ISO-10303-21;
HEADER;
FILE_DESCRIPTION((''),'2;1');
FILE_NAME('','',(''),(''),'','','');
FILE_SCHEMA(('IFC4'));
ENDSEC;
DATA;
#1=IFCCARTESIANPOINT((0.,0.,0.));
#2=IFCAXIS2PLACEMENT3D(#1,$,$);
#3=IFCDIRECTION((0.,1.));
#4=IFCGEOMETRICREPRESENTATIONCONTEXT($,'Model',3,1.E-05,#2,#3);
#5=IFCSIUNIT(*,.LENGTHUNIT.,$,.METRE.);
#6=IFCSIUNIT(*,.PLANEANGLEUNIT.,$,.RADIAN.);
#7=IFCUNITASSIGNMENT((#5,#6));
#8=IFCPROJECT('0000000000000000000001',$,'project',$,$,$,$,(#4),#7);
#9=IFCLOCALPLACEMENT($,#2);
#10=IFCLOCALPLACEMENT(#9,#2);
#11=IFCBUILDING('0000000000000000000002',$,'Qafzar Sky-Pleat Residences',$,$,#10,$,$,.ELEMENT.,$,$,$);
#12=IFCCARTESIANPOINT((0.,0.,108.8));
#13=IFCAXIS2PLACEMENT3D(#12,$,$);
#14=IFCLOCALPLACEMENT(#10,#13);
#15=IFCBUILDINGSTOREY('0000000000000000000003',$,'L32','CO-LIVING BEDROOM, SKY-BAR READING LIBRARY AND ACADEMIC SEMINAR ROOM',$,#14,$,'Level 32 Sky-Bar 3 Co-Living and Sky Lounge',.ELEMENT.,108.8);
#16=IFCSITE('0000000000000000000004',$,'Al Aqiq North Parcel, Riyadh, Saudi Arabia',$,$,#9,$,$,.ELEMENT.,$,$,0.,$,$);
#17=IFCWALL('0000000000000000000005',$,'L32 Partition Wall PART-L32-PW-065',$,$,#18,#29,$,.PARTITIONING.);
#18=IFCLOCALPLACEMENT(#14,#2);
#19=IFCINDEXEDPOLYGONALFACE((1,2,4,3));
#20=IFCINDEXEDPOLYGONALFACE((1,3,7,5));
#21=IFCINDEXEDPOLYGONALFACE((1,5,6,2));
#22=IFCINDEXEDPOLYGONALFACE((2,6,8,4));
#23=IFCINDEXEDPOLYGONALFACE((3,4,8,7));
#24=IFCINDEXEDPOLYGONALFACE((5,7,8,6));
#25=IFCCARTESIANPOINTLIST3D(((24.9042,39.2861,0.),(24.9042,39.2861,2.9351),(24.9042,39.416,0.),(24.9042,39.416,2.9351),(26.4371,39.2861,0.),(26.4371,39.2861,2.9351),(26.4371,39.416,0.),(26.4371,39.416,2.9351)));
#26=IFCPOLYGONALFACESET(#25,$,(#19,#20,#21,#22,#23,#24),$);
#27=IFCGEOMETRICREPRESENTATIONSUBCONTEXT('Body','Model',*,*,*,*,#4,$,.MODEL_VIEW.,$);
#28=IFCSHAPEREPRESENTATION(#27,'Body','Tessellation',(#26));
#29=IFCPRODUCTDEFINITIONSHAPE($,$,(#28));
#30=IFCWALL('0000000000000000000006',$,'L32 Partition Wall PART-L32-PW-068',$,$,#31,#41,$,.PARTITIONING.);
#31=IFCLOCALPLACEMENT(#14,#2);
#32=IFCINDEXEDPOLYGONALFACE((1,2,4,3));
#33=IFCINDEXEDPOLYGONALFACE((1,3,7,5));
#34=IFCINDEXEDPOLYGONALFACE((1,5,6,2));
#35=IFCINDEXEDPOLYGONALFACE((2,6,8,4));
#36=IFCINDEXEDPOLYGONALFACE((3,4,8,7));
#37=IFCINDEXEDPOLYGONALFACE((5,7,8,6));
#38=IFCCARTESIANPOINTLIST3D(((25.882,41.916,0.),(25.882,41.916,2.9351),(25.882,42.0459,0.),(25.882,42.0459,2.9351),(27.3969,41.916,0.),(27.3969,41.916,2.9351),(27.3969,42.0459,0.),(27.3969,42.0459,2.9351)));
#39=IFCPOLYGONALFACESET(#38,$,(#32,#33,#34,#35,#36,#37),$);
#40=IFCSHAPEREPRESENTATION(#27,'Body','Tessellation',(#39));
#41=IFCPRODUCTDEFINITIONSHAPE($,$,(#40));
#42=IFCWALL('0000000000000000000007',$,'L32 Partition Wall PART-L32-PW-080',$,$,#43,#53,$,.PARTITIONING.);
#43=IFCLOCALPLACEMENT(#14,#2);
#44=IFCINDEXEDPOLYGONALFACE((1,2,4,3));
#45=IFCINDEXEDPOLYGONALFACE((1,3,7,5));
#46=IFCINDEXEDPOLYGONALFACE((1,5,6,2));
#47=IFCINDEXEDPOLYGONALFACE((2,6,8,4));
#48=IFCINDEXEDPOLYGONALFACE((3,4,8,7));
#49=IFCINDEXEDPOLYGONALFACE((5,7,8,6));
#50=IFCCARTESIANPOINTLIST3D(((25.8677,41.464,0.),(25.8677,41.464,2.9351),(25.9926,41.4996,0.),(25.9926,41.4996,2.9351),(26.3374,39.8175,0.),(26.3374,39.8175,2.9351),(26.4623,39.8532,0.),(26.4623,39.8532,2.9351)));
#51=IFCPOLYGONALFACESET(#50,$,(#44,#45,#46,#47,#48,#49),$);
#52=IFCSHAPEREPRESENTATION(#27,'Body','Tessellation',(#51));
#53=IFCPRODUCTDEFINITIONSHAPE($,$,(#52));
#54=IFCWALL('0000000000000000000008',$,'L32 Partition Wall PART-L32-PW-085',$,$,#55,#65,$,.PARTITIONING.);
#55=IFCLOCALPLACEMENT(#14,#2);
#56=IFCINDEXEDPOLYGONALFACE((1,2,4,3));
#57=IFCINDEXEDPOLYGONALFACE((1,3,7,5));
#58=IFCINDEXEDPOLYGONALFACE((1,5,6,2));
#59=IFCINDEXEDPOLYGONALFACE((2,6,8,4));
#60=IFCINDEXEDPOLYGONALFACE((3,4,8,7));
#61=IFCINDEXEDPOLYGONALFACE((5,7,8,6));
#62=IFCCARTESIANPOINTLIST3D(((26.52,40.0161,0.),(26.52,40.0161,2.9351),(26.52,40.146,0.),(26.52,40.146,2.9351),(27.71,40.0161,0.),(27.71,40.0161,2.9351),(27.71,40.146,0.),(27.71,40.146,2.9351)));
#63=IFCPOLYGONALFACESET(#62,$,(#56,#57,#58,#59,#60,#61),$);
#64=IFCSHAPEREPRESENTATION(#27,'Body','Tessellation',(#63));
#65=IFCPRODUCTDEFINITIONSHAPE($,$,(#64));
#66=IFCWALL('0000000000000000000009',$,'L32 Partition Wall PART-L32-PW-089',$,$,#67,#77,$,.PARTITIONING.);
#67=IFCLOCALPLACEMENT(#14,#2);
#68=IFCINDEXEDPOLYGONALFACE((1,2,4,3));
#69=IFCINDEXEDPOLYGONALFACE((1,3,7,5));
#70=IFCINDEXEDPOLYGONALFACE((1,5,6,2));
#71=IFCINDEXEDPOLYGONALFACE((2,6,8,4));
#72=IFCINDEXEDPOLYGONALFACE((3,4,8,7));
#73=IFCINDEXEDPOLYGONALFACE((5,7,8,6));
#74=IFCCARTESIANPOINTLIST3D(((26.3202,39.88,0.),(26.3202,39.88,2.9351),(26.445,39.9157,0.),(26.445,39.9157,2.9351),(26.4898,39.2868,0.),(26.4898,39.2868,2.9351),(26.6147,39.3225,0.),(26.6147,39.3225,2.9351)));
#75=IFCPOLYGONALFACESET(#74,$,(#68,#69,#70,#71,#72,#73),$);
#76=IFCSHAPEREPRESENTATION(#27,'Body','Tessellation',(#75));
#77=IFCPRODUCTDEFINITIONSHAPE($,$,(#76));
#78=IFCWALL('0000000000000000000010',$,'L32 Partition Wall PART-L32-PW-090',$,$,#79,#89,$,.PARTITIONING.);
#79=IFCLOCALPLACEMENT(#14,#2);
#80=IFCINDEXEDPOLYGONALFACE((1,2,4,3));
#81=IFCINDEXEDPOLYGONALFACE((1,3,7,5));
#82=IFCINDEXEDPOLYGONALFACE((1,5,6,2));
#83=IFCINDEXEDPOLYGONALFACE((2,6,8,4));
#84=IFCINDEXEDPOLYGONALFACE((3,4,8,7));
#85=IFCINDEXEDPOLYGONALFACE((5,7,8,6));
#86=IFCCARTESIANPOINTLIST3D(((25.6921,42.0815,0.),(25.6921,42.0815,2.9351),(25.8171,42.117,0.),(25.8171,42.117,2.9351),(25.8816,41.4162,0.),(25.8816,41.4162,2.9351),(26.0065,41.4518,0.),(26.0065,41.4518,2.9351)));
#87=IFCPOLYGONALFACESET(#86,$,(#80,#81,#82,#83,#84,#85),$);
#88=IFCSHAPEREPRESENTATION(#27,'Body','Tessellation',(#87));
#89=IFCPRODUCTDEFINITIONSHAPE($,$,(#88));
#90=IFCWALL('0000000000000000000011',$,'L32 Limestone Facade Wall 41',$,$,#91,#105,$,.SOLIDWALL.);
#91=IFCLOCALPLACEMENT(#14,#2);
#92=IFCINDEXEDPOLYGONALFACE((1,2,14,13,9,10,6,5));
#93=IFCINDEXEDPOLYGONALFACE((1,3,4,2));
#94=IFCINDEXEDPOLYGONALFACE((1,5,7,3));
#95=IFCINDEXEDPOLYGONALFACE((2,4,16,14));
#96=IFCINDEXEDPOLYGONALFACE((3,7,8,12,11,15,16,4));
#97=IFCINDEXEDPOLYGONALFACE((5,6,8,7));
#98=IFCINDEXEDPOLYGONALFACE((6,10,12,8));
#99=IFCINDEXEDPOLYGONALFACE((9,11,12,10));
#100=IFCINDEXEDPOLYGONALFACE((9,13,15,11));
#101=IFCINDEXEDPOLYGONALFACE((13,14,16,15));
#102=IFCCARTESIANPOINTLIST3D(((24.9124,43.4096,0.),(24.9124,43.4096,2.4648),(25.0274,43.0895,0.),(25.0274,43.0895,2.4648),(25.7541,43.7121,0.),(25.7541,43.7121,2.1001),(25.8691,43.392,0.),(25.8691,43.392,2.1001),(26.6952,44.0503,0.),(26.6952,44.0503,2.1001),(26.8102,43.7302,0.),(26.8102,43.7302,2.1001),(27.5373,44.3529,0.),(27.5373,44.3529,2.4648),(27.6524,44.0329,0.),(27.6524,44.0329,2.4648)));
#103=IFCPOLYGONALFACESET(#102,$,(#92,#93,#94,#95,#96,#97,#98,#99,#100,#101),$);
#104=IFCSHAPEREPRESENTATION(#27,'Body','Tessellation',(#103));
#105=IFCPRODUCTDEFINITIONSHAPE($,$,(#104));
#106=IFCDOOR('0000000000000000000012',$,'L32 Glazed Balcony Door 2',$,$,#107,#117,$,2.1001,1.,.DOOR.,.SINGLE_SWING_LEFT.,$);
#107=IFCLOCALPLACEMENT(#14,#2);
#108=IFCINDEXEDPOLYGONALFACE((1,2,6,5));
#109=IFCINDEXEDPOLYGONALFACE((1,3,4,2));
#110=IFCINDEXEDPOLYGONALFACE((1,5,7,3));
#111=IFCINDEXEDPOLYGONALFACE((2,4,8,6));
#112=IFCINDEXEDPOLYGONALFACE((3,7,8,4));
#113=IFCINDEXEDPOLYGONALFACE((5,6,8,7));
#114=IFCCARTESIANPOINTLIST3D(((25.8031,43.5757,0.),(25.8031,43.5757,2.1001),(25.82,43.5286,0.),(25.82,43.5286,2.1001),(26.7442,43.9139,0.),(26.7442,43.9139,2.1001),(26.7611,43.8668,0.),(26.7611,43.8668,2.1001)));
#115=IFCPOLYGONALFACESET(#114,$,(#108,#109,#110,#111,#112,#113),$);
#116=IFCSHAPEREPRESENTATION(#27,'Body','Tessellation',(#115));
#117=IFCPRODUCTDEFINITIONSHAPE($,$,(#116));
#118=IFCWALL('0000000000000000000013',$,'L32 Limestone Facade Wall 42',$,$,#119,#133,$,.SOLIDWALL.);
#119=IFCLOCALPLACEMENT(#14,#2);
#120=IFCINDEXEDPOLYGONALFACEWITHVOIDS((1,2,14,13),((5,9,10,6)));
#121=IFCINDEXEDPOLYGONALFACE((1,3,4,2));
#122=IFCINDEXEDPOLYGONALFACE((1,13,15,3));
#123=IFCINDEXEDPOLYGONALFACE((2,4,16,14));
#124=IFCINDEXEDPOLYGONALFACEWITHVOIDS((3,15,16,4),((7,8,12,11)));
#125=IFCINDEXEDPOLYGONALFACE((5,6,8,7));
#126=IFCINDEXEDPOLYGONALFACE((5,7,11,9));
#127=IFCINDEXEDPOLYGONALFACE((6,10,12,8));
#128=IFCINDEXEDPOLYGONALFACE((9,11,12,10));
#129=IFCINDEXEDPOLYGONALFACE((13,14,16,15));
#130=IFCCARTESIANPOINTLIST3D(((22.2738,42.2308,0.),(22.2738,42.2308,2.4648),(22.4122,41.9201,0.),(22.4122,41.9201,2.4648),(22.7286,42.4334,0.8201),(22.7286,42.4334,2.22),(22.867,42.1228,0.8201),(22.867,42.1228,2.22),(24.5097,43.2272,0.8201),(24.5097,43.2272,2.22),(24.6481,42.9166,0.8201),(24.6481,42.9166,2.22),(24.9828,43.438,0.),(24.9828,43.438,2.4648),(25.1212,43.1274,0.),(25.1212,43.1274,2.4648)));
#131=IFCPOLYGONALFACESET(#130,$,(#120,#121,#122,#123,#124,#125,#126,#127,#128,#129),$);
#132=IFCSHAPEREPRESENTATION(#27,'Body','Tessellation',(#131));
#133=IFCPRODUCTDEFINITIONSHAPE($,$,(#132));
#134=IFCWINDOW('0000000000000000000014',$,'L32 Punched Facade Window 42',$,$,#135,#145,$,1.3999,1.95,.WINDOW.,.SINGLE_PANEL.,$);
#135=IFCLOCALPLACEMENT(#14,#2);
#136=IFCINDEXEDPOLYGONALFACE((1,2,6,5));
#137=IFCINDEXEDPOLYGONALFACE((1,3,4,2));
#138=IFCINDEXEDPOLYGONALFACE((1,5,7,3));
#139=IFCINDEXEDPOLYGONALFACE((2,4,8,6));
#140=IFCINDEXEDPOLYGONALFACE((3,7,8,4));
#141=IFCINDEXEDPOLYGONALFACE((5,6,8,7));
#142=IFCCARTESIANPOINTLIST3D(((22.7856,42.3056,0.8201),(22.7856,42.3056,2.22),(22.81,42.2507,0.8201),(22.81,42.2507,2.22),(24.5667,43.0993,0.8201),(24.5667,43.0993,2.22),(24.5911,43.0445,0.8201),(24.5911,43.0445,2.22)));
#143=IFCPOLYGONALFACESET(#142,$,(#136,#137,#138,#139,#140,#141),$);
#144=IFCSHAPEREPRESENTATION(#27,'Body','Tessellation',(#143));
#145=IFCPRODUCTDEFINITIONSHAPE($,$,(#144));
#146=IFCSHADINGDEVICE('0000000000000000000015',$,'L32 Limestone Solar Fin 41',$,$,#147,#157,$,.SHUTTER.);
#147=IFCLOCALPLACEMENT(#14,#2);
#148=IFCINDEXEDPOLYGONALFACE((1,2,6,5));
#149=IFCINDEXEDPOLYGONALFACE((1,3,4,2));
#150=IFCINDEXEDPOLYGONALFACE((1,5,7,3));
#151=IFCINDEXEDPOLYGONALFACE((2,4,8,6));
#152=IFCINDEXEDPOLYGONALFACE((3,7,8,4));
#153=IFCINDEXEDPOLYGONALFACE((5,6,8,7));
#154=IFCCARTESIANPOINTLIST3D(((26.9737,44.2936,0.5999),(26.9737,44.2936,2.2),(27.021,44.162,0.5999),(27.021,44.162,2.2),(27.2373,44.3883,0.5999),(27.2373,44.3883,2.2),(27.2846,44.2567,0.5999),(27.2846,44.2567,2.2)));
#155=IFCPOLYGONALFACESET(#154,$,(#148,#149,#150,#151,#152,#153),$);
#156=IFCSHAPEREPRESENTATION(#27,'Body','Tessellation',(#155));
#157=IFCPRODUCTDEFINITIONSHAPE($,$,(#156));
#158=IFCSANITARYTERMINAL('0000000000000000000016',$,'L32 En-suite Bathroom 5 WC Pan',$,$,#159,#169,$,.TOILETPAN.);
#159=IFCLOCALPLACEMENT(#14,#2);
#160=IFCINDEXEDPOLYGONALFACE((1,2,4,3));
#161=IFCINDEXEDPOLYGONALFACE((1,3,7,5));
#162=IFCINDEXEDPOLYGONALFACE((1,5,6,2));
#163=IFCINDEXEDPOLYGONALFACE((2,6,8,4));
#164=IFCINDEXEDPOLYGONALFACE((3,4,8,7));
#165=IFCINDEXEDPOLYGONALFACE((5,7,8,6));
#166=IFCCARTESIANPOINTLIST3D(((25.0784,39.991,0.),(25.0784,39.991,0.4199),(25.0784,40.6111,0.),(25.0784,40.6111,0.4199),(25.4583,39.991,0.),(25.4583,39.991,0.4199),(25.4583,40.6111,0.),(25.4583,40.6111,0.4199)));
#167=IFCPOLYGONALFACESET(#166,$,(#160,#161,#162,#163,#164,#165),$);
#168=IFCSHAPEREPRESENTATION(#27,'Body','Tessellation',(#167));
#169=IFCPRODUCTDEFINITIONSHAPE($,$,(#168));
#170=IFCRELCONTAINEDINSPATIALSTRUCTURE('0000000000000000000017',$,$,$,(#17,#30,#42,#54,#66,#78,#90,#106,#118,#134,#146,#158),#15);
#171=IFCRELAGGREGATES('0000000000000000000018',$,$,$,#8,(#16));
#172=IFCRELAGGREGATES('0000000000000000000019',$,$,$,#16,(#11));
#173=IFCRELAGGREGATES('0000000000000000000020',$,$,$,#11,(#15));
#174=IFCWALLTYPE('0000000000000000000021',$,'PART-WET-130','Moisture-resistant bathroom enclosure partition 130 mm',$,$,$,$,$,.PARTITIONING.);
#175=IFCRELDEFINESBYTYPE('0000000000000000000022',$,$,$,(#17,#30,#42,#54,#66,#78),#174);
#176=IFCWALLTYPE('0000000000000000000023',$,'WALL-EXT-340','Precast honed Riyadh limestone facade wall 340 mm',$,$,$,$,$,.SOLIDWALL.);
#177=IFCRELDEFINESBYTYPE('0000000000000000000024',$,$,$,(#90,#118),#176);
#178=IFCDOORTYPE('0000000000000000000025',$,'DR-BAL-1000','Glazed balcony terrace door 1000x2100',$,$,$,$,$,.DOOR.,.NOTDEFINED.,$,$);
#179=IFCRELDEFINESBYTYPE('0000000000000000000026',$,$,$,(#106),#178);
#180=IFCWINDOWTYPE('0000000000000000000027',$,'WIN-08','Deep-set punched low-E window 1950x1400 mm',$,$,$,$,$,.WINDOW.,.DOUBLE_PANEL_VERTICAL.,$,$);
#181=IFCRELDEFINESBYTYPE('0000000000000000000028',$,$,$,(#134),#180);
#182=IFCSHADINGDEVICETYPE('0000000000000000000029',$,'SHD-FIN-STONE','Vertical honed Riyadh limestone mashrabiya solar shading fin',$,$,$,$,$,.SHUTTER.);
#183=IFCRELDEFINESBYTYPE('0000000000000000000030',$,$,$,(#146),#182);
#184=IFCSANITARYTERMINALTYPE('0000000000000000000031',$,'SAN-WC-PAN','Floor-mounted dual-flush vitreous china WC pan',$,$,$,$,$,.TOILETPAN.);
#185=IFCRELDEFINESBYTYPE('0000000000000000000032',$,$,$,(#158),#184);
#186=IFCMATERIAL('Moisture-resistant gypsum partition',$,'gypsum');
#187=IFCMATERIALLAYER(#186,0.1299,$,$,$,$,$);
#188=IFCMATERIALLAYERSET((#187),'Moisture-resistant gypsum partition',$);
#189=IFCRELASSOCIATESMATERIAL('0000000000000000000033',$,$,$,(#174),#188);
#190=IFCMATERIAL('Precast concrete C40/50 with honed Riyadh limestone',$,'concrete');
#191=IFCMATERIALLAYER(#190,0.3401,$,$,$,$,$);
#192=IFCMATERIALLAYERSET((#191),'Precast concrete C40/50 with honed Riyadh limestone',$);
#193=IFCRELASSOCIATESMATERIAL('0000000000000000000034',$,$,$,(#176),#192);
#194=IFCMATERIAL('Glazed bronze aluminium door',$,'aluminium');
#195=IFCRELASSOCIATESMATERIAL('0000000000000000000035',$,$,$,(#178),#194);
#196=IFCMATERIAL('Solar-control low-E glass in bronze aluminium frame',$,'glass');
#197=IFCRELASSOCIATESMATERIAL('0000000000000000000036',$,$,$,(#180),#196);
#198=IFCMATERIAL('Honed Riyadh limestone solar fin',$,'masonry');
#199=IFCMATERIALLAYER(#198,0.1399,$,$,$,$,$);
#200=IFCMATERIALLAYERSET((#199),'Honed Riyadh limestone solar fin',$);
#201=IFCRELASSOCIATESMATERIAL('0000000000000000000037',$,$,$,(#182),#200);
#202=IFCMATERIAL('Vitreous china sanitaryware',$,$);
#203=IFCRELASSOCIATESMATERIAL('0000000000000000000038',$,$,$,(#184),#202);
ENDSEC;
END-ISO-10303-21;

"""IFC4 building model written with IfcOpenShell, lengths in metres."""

from ifc_helpers import new_model, si_unit, direction, frame, frame_2d, origin, origin_2d, place, context, subcontext, project, spatial, rectangle, extrude, source, transform, mapped, material, layer, layer_set, type_object, element, fill, save


model = new_model("IFC4")

# Units and contexts
model_context = context("Model", 3, precision=1e-05, world=origin(), true_north=direction((0.0, 1.0)))
body_context = subcontext(model_context, "Body", "Model", "MODEL_VIEW")
ifc_project = project(units=[si_unit("LENGTHUNIT", "METRE"), si_unit("PLANEANGLEUNIT", "RADIAN")], contexts=[model_context])

# Site, building, storey
site_placement = place(None, origin())
site = spatial("IfcSite", under=ifc_project, at=site_placement, Name="Al Aqiq North Parcel, Riyadh, Saudi Arabia", CompositionType="ELEMENT", RefElevation=0.0)
building_placement = place(site_placement, origin())
building = spatial("IfcBuilding", under=site, at=building_placement, Name="Qafzar Sky-Pleat Residences", CompositionType="ELEMENT")
storey_placement = place(building_placement, frame((0.0, 0.0, 108.8)))
storey = spatial("IfcBuildingStorey", under=building, at=storey_placement, Name="L32", Description="CO-LIVING BEDROOM, SKY-BAR READING LIBRARY AND ACADEMIC SEMINAR ROOM", LongName="Level 32 Sky-Bar 3 Co-Living and Sky Lounge", CompositionType="ELEMENT", Elevation=108.8)

# Shared definitions
ifc_material_1 = material(Name="Moisture-resistant gypsum partition", Category="gypsum")
ifc_layer_1 = layer(ifc_material_1, 0.1299)
ifc_layer_set_1 = layer_set([ifc_layer_1], Name="Moisture-resistant gypsum partition")
wall_type_1 = type_object("IfcWallType", Name="PART-WET-130", Description="Moisture-resistant bathroom enclosure partition 130 mm", PredefinedType="PARTITIONING", material=ifc_layer_set_1)

# Walls
wall_1_placement = place(storey_placement, frame((24.9041, 39.3511, 0.0), z_axis=(0.0, 0.0, 1.0), x_axis=(1.0, 0.0, 0.0)))
element("IfcWall", 1, at=wall_1_placement, inside=storey, type_object=wall_type_1, Name="L32 Partition Wall PART-L32-PW-065", PredefinedType="PARTITIONING", context=body_context, shape_type="SweptSolid", body=[
    extrude(rectangle(XDim=1.533, YDim=0.1299, at=frame_2d((0.7666, 0.0))), origin(), (0.0, 0.0, 1.0), 2.9351),
])
wall_2_placement = place(storey_placement, frame((25.8821, 41.981, 0.0), z_axis=(0.0, 0.0, 1.0), x_axis=(1.0, 0.0, 0.0)))
element("IfcWall", 2, at=wall_2_placement, inside=storey, type_object=wall_type_1, Name="L32 Partition Wall PART-L32-PW-068", PredefinedType="PARTITIONING", context=body_context, shape_type="SweptSolid", body=[
    extrude(rectangle(XDim=1.5149, YDim=0.1299, at=frame_2d((0.7573, 0.0))), origin(), (0.0, 0.0, 1.0), 2.9351),
])
wall_3_placement = place(storey_placement, frame((25.9302, 41.4817, 0.0), z_axis=(0.0, 0.0, 1.0), x_axis=(0.274344, -0.961631, 0.0)))
element("IfcWall", 3, at=wall_3_placement, inside=storey, type_object=wall_type_1, Name="L32 Partition Wall PART-L32-PW-080", PredefinedType="PARTITIONING", context=body_context, shape_type="SweptSolid", body=[
    extrude(rectangle(XDim=1.7122, YDim=0.1299, at=frame_2d((0.856, 0.0))), origin(), (0.0, 0.0, 1.0), 2.9351),
])
wall_4_placement = place(storey_placement, frame((26.52, 40.0811, 0.0), z_axis=(0.0, 0.0, 1.0), x_axis=(1.0, 0.0, 0.0)))
element("IfcWall", 4, at=wall_4_placement, inside=storey, type_object=wall_type_1, Name="L32 Partition Wall PART-L32-PW-085", PredefinedType="PARTITIONING", context=body_context, shape_type="SweptSolid", body=[
    extrude(rectangle(XDim=1.1899, YDim=0.1299, at=frame_2d((0.595, 0.0))), origin(), (0.0, 0.0, 1.0), 2.9351),
])
wall_5_placement = place(storey_placement, frame((26.3826, 39.8979, 0.0), z_axis=(0.0, 0.0, 1.0), x_axis=(0.274982, -0.961449, 0.0)))
element("IfcWall", 5, at=wall_5_placement, inside=storey, type_object=wall_type_1, Name="L32 Partition Wall PART-L32-PW-089", PredefinedType="PARTITIONING", context=body_context, shape_type="SweptSolid", body=[
    extrude(rectangle(XDim=0.6169, YDim=0.1299, at=frame_2d((0.3086, 0.0))), origin(), (0.0, 0.0, 1.0), 2.9351),
])
wall_6_placement = place(storey_placement, frame((25.7546, 42.0991, 0.0), z_axis=(0.0, 0.0, 1.0), x_axis=(0.273882, -0.961763, 0.0)))
element("IfcWall", 6, at=wall_6_placement, inside=storey, type_object=wall_type_1, Name="L32 Partition Wall PART-L32-PW-090", PredefinedType="PARTITIONING", context=body_context, shape_type="SweptSolid", body=[
    extrude(rectangle(XDim=0.6917, YDim=0.1299, at=frame_2d((0.3457, 0.0))), origin(), (0.0, 0.0, 1.0), 2.9351),
])

# Wall, opening, door
ifc_material_2 = material(Name="Precast concrete C40/50 with honed Riyadh limestone", Category="concrete")
ifc_layer_2 = layer(ifc_material_2, 0.3401)
ifc_layer_set_2 = layer_set([ifc_layer_2], Name="Precast concrete C40/50 with honed Riyadh limestone")
wall_type_2 = type_object("IfcWallType", Name="WALL-EXT-340", Description="Precast honed Riyadh limestone facade wall 340 mm", PredefinedType="SOLIDWALL", material=ifc_layer_set_2)
wall_7_placement = place(storey_placement, frame((27.5947, 44.1929, 0.0), z_axis=(0.0, 0.0, 1.0), x_axis=(-0.941075, -0.338199, 0.0)))
wall_7 = element("IfcWall", 7, at=wall_7_placement, inside=storey, type_object=wall_type_2, Name="L32 Limestone Facade Wall 41", PredefinedType="SOLIDWALL", context=body_context, shape_type="SweptSolid", body=[
    extrude(rectangle(XDim=2.7893, YDim=0.3401, at=frame_2d((1.3945, 0.0))), origin(), (0.0, 0.0, 1.0), 2.4648),
])
opening_1_placement = place(wall_7_placement, frame((0.8948, 0.0, 0.0)))
opening_1 = element("IfcOpeningElement", 8, at=opening_1_placement, cuts=wall_7, PredefinedType="OPENING", context=body_context, shape_type="SweptSolid", body=[
    extrude(rectangle(XDim=1.0, YDim=2.1001, at=frame_2d((0.5, 1.05))), frame((0.0, 0.1802, 0.0), z_axis=(0.0, -1.0, 0.0), x_axis=(1.0, 0.0, 0.0)), (0.0, 0.0, 1.0), 0.3601),
])
ifc_material_3 = material(Name="Glazed bronze aluminium door", Category="aluminium")
door_type_1 = type_object("IfcDoorType", Name="DR-BAL-1000", Description="Glazed balcony terrace door 1000x2100", OperationType="NOTDEFINED", PredefinedType="DOOR", material=ifc_material_3)
shared_shape_1 = source(origin(), body_context, "Body", "SweptSolid", [
    extrude(rectangle(XDim=1.0, YDim=2.1001, at=frame_2d((0.5, 1.05))), frame((0.0, 0.0249, 0.0), z_axis=(0.0, -1.0, 0.0), x_axis=(1.0, 0.0, 0.0)), (0.0, 0.0, 1.0), 0.05),
])
door_1_placement = place(opening_1_placement, origin())
door_1 = element("IfcDoor", 9, at=door_1_placement, inside=storey, type_object=door_type_1, Name="L32 Glazed Balcony Door 2", OperationType="SINGLE_SWING_LEFT", OverallHeight=2.1001, OverallWidth=1.0, PredefinedType="DOOR", context=body_context, shape_type="MappedRepresentation", body=[
    mapped(shared_shape_1, transform((0.0, 0.0, 0.0), x_axis=(1.0, 0.0, 0.0), y_axis=(0.0, 1.0, 0.0), z_axis=(0.0, 0.0, 1.0), scale=1.0)),
])
fill(opening_1, door_1)

# Wall, opening, window
wall_8_placement = place(storey_placement, frame((25.052, 43.2827, 0.0), z_axis=(0.0, 0.0, 1.0), x_axis=(-0.9134, -0.407062, 0.0)))
wall_8 = element("IfcWall", 10, at=wall_8_placement, inside=storey, type_object=wall_type_2, Name="L32 Limestone Facade Wall 42", PredefinedType="SOLIDWALL", context=body_context, shape_type="SweptSolid", body=[
    extrude(rectangle(XDim=2.9658, YDim=0.3401, at=frame_2d((1.4829, 0.0))), origin(), (0.0, 0.0, 1.0), 2.4648),
])
opening_2_placement = place(wall_8_placement, frame((0.5178, 0.0, 0.8201)))
opening_2 = element("IfcOpeningElement", 11, at=opening_2_placement, cuts=wall_8, PredefinedType="OPENING", context=body_context, shape_type="SweptSolid", body=[
    extrude(rectangle(XDim=1.95, YDim=1.3999, at=frame_2d((0.9751, 0.7))), frame((0.0, 0.1802, 0.0), z_axis=(0.0, -1.0, 0.0), x_axis=(1.0, 0.0, 0.0)), (0.0, 0.0, 1.0), 0.3601),
])
ifc_material_4 = material(Name="Solar-control low-E glass in bronze aluminium frame", Category="glass")
window_type = type_object("IfcWindowType", Name="WIN-08", Description="Deep-set punched low-E window 1950x1400 mm", PartitioningType="DOUBLE_PANEL_VERTICAL", PredefinedType="WINDOW", material=ifc_material_4)
shared_shape_2 = source(origin(), body_context, "Body", "SweptSolid", [
    extrude(rectangle(XDim=1.95, YDim=1.3999, at=frame_2d((0.9751, 0.7))), frame((0.0, 0.03, 0.0), z_axis=(0.0, -1.0, 0.0), x_axis=(1.0, 0.0, 0.0)), (0.0, 0.0, 1.0), 0.0601),
])
window_placement = place(opening_2_placement, origin())
window = element("IfcWindow", 12, at=window_placement, inside=storey, type_object=window_type, Name="L32 Punched Facade Window 42", OverallHeight=1.3999, OverallWidth=1.95, PartitioningType="SINGLE_PANEL", PredefinedType="WINDOW", context=body_context, shape_type="MappedRepresentation", body=[
    mapped(shared_shape_2, transform((0.0, 0.0, 0.0), x_axis=(1.0, 0.0, 0.0), y_axis=(0.0, 1.0, 0.0), z_axis=(0.0, 0.0, 1.0), scale=1.0)),
])
fill(opening_2, window)

# Shading device
ifc_material_5 = material(Name="Honed Riyadh limestone solar fin", Category="masonry")
ifc_layer_3 = layer(ifc_material_5, 0.1399)
ifc_layer_set_3 = layer_set([ifc_layer_3], Name="Honed Riyadh limestone solar fin")
shading_device_type = type_object("IfcShadingDeviceType", Name="SHD-FIN-STONE", Description="Vertical honed Riyadh limestone mashrabiya solar shading fin", PredefinedType="SHUTTER", material=ifc_layer_set_3)
shared_shape_3 = source(origin(), body_context, "Body", "SweptSolid", [
    extrude(rectangle(XDim=0.1399, YDim=0.28, at=origin_2d()), origin(), (0.0, 0.0, 1.0), 1.6001),
])
shading_device_placement = place(storey_placement, frame((27.1292, 44.2751, 0.5999), z_axis=(0.0, 0.0, 1.0), x_axis=(-0.338169, 0.941085, 0.0)))
element("IfcShadingDevice", 13, at=shading_device_placement, inside=storey, type_object=shading_device_type, Name="L32 Limestone Solar Fin 41", PredefinedType="SHUTTER", context=body_context, shape_type="MappedRepresentation", body=[
    mapped(shared_shape_3, transform((0.0, 0.0, 0.0), x_axis=(1.0, 0.0, 0.0), y_axis=(0.0, 1.0, 0.0), z_axis=(0.0, 0.0, 1.0), scale=1.0)),
])

# Sanitary terminal
ifc_material_6 = material(Name="Vitreous china sanitaryware")
sanitary_terminal_type_1 = type_object("IfcSanitaryTerminalType", Name="SAN-WC-PAN", Description="Floor-mounted dual-flush vitreous china WC pan", PredefinedType="TOILETPAN", material=ifc_material_6)
shared_shape_4 = source(origin(), body_context, "Body", "SweptSolid", [
    extrude(rectangle(XDim=0.3799, YDim=0.6201, at=origin_2d()), origin(), (0.0, 0.0, 1.0), 0.4199),
])
for number, where, z_axis, x_axis, name in (
    (14, (25.2683, 40.301, 0.0), (0.0, 0.0, 1.0), (1.0, 0.0, 0.0), "L32 En-suite Bathroom 5 WC Pan"),
):
    element("IfcSanitaryTerminal", number, at=place(storey_placement, frame(where, z_axis=z_axis, x_axis=x_axis)), inside=storey, type_object=sanitary_terminal_type_1, Name=name, PredefinedType="TOILETPAN", context=body_context, shape_type="MappedRepresentation", body=[
        mapped(shared_shape_4, transform((0.0, 0.0, 0.0), x_axis=(1.0, 0.0, 0.0), y_axis=(0.0, 1.0, 0.0), z_axis=(0.0, 0.0, 1.0), scale=1.0)),
    ])

save(model, "model.ifc")
